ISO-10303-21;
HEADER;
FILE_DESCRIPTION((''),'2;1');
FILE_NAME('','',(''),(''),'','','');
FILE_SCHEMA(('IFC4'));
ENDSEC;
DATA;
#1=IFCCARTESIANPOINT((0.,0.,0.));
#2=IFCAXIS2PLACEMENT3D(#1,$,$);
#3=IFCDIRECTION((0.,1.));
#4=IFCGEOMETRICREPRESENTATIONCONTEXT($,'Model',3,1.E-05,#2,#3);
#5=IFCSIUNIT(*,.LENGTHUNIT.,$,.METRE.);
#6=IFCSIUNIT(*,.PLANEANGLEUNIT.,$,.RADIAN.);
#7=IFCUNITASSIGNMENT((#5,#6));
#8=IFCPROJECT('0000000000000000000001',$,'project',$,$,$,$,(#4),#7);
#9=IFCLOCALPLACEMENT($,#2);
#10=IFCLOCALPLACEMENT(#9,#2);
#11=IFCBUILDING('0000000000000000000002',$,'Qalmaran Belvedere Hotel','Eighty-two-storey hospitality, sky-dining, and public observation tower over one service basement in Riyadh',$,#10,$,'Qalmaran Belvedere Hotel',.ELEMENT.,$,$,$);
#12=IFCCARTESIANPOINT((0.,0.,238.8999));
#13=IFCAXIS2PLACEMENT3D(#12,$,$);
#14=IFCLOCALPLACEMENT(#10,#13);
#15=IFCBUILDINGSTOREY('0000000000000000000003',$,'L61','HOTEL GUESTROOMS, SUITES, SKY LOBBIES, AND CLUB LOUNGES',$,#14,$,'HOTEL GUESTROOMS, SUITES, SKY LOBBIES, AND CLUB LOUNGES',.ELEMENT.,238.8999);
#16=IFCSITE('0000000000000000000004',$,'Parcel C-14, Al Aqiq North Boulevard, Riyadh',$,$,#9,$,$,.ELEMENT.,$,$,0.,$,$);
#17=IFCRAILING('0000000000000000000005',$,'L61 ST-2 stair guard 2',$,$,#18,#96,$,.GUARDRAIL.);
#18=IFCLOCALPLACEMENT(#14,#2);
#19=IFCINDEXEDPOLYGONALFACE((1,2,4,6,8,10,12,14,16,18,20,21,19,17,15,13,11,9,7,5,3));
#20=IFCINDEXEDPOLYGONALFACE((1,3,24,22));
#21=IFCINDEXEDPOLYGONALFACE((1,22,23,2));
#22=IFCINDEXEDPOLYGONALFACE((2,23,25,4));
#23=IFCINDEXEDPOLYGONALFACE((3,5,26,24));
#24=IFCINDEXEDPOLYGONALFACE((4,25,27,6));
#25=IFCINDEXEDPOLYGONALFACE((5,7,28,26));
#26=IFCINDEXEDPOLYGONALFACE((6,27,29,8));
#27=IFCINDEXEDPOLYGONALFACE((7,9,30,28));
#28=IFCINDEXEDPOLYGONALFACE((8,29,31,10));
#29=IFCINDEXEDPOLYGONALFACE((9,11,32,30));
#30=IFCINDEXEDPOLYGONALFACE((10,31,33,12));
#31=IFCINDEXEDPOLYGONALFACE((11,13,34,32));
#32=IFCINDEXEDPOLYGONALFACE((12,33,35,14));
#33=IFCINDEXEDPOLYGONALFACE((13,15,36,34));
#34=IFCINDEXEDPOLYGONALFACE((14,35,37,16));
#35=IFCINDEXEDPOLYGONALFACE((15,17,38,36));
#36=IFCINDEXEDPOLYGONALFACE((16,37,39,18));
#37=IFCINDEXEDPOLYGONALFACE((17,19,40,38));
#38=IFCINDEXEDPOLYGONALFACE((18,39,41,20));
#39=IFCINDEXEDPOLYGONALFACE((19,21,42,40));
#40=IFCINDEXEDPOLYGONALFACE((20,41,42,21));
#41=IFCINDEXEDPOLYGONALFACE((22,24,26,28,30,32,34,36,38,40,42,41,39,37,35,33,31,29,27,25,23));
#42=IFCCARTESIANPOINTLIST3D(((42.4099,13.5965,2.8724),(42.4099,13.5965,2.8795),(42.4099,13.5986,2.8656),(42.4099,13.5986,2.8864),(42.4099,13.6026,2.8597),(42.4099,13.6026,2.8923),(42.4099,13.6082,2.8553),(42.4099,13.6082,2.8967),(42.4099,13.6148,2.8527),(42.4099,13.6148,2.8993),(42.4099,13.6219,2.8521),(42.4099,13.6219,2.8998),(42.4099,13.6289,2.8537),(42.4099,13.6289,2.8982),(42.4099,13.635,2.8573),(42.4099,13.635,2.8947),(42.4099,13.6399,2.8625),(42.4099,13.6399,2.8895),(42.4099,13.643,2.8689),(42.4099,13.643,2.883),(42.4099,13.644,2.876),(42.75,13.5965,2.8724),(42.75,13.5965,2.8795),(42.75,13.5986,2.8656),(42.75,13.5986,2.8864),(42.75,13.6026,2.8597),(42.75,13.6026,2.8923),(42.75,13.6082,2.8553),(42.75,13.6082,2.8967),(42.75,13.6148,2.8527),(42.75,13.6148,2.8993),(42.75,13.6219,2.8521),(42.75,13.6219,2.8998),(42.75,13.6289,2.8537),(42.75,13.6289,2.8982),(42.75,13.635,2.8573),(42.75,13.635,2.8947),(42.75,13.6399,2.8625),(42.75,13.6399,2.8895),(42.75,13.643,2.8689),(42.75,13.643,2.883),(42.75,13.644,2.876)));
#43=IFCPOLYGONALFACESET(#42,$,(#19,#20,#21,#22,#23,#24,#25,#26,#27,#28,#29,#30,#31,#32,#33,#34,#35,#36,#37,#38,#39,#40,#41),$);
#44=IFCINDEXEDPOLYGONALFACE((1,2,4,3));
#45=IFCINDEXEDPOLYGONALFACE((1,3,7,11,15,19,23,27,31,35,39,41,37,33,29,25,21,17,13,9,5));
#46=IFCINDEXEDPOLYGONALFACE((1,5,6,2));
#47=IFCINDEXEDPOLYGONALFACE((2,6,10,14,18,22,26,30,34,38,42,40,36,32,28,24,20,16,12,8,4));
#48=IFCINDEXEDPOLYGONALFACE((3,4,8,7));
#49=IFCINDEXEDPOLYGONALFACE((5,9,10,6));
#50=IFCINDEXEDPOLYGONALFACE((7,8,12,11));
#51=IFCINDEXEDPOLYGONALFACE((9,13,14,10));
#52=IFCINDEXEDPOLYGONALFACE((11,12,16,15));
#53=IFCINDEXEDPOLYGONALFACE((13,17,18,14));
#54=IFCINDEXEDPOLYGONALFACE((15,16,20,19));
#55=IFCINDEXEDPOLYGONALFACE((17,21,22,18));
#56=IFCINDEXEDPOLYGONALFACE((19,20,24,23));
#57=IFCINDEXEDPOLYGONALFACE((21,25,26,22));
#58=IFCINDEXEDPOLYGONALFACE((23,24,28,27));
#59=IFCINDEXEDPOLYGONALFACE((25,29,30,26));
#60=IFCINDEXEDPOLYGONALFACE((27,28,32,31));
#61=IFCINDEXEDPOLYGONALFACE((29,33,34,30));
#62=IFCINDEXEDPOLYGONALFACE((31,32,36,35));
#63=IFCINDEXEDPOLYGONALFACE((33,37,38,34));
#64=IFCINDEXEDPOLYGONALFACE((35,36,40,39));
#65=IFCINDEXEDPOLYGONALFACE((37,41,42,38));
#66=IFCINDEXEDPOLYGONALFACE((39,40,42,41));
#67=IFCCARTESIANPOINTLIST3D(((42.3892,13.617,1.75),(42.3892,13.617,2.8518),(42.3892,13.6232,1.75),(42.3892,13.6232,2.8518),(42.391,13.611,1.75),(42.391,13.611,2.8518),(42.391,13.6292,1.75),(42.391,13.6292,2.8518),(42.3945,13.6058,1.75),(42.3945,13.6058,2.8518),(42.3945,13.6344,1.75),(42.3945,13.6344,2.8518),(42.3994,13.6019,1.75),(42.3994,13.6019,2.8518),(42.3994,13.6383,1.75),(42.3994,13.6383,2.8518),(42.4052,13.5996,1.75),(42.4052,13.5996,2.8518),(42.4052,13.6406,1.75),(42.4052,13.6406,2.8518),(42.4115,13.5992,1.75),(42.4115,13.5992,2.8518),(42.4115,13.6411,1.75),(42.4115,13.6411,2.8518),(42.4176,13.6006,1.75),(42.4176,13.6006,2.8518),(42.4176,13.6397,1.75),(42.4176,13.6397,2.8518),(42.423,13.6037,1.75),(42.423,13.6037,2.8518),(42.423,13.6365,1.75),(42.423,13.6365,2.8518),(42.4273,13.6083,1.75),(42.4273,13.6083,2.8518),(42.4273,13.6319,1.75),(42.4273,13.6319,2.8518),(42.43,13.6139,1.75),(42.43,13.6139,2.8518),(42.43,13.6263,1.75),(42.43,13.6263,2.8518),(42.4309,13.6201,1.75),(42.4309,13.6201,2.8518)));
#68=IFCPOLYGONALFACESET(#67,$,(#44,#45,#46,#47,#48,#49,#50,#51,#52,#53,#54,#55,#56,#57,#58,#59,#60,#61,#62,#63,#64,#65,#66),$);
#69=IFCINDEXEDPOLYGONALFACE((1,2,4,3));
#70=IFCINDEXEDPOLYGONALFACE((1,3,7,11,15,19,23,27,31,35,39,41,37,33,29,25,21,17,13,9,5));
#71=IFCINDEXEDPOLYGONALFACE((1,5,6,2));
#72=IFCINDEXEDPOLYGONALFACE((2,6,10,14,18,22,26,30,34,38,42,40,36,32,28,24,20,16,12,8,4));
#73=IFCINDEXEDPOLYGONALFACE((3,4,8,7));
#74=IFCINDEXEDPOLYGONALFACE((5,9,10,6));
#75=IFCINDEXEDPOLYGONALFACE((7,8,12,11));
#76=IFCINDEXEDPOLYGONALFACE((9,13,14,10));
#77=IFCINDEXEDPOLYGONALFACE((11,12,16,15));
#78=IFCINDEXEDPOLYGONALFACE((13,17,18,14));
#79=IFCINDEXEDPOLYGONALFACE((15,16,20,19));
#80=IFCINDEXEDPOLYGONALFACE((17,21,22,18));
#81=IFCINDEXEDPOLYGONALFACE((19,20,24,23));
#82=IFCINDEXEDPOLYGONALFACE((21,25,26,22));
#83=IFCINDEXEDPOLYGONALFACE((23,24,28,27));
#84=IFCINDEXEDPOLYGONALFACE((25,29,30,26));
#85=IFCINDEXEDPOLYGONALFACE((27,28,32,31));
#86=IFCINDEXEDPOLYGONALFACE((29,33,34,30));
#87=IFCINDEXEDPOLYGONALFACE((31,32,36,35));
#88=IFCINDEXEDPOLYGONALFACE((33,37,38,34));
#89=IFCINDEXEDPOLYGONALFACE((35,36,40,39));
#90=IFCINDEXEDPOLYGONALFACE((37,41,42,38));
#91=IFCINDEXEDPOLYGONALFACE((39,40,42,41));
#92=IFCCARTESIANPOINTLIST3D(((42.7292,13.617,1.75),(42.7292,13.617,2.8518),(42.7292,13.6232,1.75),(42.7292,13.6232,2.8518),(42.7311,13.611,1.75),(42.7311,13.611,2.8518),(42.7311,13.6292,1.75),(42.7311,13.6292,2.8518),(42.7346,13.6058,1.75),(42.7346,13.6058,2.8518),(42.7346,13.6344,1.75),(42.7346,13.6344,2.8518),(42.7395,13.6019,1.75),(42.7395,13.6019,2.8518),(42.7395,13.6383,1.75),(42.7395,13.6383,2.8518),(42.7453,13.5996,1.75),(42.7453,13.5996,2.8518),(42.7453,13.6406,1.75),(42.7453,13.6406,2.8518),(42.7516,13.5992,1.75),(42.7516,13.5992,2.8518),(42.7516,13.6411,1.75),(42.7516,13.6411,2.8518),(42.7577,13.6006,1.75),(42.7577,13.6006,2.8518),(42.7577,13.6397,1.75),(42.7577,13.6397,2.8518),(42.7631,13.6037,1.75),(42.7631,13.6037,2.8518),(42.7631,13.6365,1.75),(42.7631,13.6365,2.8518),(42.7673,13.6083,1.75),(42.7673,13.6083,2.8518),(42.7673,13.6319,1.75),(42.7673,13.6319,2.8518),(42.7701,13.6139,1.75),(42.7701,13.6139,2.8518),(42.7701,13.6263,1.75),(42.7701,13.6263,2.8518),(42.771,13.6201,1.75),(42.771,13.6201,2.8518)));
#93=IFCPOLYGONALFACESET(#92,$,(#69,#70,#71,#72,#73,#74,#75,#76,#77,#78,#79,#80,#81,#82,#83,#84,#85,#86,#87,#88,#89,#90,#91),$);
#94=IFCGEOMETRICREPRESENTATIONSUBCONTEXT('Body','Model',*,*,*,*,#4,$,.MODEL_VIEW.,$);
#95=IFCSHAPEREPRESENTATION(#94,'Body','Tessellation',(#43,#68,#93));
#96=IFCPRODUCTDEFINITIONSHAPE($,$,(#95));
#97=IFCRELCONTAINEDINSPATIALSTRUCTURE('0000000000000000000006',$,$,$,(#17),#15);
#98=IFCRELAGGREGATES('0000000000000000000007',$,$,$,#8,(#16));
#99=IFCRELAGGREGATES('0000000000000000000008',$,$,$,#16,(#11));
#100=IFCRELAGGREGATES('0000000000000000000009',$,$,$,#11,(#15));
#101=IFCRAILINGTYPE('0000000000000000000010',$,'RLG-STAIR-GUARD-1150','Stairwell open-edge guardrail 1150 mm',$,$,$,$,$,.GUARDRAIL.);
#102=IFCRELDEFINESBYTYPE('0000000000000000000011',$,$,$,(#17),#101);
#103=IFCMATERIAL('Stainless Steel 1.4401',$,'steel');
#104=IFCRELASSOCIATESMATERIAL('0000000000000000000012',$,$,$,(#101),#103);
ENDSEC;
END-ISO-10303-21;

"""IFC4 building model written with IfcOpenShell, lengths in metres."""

from ifc_helpers import new_model, si_unit, direction, frame, origin, origin_2d, place, context, subcontext, project, spatial, circle, extrude, material, type_object, element, save


model = new_model("IFC4")

# Units and contexts
model_context = context("Model", 3, precision=1e-05, world=origin(), true_north=direction((0.0, 1.0)))
body_context = subcontext(model_context, "Body", "Model", "MODEL_VIEW")
ifc_project = project(units=[si_unit("LENGTHUNIT", "METRE"), si_unit("PLANEANGLEUNIT", "RADIAN")], contexts=[model_context])

# Site, building, storey
site_placement = place(None, origin())
site = spatial("IfcSite", under=ifc_project, at=site_placement, Name="Parcel C-14, Al Aqiq North Boulevard, Riyadh", CompositionType="ELEMENT", RefElevation=0.0)
building_placement = place(site_placement, origin())
building = spatial("IfcBuilding", under=site, at=building_placement, Name="Qalmaran Belvedere Hotel", Description="Eighty-two-storey hospitality, sky-dining, and public observation tower over one service basement in Riyadh", LongName="Qalmaran Belvedere Hotel", CompositionType="ELEMENT")
storey_placement = place(building_placement, frame((0.0, 0.0, 238.8999)))
storey = spatial("IfcBuildingStorey", under=building, at=storey_placement, Name="L61", Description="HOTEL GUESTROOMS, SUITES, SKY LOBBIES, AND CLUB LOUNGES", LongName="HOTEL GUESTROOMS, SUITES, SKY LOBBIES, AND CLUB LOUNGES", CompositionType="ELEMENT", Elevation=238.8999)

# Railing
ifc_material_1 = material(Name="Stainless Steel 1.4401", Category="steel")
railing_type_1 = type_object("IfcRailingType", Name="RLG-STAIR-GUARD-1150", Description="Stairwell open-edge guardrail 1150 mm", PredefinedType="GUARDRAIL", material=ifc_material_1)
railing_1_placement = place(storey_placement, frame((42.4099, 13.6201, 1.75)))
element("IfcRailing", 1, at=railing_1_placement, inside=storey, type_object=railing_type_1, Name="L61 ST-2 stair guard 2", PredefinedType="GUARDRAIL", context=body_context, shape_type="SweptSolid", body=[
    extrude(circle(Radius=0.0239, at=origin_2d()), frame((0.0, 0.0, 1.126), z_axis=(1.0, 0.0, 0.0), x_axis=(0.0, 1.0, 0.0)), (0.0, 0.0, 1.0), 0.3401),
    extrude(circle(Radius=0.021, at=origin_2d()), origin(), (0.0, 0.0, 1.0), 1.1018),
    extrude(circle(Radius=0.021, at=origin_2d()), frame((0.3401, 0.0, 0.0)), (0.0, 0.0, 1.0), 1.1018),
])

save(model, "model.ifc")
